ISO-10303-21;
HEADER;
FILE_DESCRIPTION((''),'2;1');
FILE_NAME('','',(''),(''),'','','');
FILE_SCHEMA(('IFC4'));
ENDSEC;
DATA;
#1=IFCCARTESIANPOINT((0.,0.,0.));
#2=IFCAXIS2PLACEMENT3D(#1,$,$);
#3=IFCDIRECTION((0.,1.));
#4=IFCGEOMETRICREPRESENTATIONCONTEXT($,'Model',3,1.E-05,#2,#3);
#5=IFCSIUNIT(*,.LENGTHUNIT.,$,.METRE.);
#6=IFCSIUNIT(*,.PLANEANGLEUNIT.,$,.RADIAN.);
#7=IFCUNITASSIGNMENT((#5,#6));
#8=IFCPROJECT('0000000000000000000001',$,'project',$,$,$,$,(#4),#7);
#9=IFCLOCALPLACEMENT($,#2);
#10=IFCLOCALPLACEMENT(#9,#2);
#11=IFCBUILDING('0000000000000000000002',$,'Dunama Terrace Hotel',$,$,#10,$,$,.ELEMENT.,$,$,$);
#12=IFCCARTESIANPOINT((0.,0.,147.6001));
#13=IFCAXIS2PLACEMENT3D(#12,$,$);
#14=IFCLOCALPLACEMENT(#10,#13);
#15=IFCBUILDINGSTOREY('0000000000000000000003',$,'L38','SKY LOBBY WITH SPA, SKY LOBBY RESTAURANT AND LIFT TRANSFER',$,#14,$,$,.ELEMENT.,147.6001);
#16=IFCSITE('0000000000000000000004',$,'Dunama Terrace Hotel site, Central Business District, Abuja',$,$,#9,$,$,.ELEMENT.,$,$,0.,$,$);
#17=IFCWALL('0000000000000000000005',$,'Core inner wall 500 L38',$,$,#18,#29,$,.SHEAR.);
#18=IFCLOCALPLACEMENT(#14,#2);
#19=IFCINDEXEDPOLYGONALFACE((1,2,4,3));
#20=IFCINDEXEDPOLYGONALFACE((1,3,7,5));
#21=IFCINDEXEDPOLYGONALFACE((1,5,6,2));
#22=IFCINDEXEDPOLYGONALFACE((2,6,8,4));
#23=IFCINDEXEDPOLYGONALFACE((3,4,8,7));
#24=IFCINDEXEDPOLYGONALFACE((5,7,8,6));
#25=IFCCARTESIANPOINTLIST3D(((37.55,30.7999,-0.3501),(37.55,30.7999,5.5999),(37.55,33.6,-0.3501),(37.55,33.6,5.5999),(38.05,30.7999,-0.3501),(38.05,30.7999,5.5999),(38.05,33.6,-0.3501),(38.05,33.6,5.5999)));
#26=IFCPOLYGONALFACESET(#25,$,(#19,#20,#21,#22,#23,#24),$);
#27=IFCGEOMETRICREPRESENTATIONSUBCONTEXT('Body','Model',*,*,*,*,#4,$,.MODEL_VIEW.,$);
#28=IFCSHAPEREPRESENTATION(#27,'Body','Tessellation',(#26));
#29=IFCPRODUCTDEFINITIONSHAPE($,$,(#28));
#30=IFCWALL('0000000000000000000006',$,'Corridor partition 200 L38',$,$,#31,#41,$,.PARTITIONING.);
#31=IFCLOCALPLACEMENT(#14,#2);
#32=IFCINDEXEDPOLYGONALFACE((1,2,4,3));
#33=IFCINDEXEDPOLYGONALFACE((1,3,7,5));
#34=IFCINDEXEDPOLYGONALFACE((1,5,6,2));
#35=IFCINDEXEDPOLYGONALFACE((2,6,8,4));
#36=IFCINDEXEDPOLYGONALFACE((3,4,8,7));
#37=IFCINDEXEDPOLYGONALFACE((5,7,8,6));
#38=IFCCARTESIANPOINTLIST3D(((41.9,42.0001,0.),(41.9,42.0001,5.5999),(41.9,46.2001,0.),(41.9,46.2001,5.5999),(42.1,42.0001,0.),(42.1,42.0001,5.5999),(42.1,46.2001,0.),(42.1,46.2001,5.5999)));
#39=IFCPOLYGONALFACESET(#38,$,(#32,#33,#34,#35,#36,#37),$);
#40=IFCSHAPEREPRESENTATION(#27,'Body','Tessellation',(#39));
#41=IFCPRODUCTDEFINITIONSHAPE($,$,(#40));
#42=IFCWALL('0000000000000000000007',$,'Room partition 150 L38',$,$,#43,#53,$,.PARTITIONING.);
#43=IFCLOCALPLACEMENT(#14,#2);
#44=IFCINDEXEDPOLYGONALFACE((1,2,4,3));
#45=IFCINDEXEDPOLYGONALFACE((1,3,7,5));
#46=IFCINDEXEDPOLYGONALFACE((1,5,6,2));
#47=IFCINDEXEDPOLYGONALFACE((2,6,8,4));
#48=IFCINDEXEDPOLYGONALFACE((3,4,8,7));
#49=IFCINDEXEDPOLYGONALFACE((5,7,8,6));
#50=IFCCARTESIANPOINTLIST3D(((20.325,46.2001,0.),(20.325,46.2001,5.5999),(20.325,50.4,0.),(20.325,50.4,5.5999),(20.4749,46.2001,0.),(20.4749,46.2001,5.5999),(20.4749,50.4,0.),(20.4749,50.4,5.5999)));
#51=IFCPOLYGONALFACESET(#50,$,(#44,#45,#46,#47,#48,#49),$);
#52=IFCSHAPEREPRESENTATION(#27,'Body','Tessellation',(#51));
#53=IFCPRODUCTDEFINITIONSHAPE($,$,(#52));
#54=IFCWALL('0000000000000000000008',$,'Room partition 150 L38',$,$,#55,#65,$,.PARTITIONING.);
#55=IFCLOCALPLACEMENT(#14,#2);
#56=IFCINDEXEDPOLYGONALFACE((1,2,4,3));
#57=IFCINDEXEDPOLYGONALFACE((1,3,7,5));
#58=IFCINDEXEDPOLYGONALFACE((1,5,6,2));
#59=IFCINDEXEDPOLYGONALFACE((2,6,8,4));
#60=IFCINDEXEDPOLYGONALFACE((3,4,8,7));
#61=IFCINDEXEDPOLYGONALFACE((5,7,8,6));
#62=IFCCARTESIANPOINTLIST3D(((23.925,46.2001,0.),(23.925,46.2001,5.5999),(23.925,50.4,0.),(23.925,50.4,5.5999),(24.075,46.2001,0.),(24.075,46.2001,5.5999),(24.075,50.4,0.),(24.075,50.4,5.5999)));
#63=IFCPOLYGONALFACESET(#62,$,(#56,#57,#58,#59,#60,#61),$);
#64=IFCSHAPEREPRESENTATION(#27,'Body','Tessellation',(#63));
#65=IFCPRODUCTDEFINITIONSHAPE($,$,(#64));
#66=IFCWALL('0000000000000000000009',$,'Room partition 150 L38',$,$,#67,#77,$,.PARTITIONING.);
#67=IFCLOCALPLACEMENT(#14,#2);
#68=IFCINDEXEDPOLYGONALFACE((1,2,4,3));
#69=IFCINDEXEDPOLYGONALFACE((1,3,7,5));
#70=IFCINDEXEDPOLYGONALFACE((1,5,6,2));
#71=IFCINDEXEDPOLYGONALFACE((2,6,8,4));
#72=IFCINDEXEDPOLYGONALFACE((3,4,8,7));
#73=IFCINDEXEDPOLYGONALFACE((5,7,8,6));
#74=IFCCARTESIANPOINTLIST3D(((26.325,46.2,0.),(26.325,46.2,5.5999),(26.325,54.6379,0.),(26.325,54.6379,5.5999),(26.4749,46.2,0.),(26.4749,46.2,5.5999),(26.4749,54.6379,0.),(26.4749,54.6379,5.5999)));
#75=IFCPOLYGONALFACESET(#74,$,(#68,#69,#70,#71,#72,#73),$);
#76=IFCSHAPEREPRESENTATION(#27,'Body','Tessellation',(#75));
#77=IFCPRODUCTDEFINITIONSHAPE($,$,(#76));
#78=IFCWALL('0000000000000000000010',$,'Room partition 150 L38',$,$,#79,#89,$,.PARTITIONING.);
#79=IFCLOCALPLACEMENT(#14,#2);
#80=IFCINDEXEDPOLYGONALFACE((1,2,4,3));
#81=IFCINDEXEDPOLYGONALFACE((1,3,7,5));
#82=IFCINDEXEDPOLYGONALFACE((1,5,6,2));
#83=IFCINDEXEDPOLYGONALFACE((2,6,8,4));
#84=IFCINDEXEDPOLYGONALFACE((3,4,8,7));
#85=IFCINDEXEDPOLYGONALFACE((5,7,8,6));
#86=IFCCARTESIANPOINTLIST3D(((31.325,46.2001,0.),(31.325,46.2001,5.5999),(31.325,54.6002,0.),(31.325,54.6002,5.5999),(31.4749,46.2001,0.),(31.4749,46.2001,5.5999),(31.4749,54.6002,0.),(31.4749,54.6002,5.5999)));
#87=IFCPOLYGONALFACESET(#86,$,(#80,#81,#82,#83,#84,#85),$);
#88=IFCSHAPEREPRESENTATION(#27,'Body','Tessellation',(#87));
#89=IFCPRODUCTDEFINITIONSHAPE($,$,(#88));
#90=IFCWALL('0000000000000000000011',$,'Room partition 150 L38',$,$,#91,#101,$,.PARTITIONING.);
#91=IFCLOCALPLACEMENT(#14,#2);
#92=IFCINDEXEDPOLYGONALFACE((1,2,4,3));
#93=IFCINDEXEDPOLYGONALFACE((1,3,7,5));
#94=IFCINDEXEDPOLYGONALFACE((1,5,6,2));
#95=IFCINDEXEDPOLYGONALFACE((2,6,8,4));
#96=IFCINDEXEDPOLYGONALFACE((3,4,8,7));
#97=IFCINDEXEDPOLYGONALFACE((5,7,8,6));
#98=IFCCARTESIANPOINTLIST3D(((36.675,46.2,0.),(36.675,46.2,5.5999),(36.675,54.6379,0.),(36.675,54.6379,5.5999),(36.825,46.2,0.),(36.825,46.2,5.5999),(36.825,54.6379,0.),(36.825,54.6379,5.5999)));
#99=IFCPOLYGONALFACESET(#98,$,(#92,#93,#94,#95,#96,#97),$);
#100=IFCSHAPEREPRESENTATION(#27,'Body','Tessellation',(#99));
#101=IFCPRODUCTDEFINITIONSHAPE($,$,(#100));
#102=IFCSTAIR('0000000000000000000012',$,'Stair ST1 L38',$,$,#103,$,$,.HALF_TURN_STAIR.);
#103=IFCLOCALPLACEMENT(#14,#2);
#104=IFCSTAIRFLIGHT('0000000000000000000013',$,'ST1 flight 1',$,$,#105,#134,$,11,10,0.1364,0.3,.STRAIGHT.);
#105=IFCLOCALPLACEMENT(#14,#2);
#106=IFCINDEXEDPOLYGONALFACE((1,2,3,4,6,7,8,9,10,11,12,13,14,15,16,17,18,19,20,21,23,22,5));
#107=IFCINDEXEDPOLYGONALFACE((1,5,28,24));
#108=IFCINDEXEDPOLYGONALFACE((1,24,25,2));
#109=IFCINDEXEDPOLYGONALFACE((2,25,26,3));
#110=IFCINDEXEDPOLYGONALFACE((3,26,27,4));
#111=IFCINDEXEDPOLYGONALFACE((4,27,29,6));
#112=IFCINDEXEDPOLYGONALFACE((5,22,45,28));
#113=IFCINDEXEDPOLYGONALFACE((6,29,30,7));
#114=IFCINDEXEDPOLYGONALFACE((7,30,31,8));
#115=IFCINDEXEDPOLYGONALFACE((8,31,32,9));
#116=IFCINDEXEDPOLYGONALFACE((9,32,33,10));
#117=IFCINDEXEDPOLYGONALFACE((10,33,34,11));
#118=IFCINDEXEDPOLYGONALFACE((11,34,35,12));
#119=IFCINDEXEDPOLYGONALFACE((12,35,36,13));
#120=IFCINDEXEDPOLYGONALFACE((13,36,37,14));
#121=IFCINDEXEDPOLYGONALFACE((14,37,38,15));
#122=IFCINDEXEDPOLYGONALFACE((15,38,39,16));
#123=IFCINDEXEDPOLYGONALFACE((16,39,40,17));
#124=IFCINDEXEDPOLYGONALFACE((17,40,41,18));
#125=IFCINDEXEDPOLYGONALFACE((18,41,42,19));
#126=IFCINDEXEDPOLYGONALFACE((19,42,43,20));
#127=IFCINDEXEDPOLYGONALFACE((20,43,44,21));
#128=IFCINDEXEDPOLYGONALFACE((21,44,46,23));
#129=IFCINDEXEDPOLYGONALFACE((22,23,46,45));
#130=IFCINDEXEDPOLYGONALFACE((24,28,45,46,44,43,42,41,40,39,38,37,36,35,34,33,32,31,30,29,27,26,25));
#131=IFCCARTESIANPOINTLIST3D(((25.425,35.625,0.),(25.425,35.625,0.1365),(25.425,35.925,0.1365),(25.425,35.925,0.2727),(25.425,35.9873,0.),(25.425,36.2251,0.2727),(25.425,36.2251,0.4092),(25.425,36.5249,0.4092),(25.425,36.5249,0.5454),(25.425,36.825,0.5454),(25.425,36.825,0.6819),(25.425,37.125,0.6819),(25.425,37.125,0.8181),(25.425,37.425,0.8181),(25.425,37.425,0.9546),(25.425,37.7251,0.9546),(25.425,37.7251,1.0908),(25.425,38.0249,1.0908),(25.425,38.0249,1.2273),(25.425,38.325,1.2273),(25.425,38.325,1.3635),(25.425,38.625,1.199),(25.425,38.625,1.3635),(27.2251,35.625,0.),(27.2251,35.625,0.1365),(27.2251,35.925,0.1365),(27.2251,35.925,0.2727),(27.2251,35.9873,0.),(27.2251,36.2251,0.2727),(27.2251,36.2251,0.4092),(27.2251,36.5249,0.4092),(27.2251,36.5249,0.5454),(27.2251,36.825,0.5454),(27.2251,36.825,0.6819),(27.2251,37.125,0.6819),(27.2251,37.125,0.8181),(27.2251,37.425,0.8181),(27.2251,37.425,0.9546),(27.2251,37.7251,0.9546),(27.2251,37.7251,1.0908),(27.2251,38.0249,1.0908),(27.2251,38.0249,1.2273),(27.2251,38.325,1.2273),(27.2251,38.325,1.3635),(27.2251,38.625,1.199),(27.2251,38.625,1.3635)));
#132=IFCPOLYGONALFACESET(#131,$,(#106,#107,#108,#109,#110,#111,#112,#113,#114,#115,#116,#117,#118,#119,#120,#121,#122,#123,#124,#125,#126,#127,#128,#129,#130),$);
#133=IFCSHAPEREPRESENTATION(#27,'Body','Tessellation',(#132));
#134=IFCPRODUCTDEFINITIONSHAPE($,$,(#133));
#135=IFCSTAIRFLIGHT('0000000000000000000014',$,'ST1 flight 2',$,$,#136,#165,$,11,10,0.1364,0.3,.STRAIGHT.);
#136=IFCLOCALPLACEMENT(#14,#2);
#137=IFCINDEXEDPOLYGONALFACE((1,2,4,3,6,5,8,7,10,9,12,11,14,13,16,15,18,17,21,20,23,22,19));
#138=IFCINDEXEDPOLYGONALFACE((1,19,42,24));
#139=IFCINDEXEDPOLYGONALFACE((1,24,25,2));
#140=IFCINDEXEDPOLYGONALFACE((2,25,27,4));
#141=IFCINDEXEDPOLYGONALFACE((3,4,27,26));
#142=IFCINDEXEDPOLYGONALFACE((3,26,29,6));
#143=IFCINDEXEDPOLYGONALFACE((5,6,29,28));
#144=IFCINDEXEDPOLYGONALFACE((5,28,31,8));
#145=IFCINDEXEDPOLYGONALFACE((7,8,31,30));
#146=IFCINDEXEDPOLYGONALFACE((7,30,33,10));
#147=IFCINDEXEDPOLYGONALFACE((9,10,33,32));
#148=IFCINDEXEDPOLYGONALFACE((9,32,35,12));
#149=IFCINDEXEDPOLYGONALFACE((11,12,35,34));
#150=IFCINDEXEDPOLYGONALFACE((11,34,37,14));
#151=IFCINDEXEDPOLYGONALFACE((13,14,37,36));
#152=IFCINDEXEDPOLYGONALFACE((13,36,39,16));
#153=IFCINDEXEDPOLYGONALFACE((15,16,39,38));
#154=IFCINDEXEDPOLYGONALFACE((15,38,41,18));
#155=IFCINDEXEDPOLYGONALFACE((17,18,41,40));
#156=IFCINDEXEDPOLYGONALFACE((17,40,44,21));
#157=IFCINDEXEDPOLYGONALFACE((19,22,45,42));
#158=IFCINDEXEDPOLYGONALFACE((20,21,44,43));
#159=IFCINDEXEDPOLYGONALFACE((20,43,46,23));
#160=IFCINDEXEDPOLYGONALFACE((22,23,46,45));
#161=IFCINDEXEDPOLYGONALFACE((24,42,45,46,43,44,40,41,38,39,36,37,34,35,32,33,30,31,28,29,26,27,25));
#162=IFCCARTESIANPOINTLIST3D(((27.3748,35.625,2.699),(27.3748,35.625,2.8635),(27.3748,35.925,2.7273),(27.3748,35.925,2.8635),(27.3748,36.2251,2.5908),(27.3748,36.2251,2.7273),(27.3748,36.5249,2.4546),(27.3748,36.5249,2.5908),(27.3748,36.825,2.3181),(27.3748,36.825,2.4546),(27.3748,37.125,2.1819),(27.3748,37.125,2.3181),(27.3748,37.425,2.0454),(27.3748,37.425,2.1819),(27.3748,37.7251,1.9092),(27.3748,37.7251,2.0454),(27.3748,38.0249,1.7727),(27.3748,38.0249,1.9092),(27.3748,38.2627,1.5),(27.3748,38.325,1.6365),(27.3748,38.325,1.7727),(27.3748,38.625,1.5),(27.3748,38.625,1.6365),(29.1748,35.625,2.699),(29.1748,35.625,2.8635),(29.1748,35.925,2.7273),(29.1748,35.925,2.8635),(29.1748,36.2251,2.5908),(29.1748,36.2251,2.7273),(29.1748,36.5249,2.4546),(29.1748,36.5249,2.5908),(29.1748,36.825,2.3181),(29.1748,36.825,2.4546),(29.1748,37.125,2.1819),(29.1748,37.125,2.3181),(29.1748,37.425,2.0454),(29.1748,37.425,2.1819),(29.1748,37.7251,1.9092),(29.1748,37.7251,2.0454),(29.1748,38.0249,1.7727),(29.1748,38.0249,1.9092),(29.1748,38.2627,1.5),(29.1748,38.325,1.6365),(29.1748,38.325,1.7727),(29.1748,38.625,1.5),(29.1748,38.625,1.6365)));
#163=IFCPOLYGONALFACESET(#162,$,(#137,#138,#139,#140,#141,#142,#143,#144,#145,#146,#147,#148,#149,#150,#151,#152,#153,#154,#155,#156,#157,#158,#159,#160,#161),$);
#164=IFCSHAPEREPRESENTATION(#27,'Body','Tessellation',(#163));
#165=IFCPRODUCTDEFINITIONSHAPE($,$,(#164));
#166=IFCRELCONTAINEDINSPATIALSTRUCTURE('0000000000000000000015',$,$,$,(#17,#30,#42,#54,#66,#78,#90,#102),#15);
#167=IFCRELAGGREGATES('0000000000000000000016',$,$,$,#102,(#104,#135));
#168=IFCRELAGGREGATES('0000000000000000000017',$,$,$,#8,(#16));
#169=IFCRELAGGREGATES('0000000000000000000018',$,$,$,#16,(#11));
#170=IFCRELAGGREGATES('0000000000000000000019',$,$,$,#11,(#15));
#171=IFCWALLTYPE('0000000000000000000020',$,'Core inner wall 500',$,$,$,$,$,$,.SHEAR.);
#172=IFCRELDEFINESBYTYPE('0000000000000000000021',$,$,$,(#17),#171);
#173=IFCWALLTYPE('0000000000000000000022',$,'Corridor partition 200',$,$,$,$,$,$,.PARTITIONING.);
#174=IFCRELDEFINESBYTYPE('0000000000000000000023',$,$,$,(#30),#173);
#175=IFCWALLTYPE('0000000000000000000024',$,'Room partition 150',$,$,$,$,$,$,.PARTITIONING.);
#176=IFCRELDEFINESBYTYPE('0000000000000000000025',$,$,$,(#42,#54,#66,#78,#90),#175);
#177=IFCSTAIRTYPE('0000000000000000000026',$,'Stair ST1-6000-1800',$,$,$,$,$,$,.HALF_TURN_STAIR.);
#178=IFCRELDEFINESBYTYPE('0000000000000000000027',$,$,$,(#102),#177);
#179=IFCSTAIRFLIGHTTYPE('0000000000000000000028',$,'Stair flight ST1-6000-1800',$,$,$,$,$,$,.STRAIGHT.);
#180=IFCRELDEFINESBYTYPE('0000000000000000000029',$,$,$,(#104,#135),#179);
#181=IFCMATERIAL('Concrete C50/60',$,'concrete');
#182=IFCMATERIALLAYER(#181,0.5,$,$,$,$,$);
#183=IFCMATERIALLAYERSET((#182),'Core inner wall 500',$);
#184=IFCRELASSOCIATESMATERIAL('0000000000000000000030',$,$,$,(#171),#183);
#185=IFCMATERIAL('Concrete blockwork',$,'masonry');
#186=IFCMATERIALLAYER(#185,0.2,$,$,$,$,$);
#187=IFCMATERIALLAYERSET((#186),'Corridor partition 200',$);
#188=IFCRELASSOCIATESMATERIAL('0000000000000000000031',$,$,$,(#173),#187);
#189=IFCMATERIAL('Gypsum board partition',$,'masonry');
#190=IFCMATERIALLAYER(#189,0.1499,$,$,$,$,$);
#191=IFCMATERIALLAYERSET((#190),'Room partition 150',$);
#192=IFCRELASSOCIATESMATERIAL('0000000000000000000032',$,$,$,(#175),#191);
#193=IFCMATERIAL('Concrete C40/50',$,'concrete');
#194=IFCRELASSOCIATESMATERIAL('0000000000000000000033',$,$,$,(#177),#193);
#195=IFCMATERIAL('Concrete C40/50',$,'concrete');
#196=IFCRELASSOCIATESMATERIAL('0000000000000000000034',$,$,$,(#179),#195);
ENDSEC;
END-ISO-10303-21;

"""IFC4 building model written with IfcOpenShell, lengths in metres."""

from ifc_helpers import new_model, si_unit, direction, frame, frame_2d, origin, place, context, subcontext, project, spatial, polyline, rectangle, outline, extrude, material, layer, layer_set, type_object, element, aggregate, save


model = new_model("IFC4")

# Units and contexts
model_context = context("Model", 3, precision=1e-05, world=origin(), true_north=direction((0.0, 1.0)))
body_context = subcontext(model_context, "Body", "Model", "MODEL_VIEW")
ifc_project = project(units=[si_unit("LENGTHUNIT", "METRE"), si_unit("PLANEANGLEUNIT", "RADIAN")], contexts=[model_context])

# Site, building, storey
site_placement = place(None, origin())
site = spatial("IfcSite", under=ifc_project, at=site_placement, Name="Dunama Terrace Hotel site, Central Business District, Abuja", CompositionType="ELEMENT", RefElevation=0.0)
building_placement = place(site_placement, origin())
building = spatial("IfcBuilding", under=site, at=building_placement, Name="Dunama Terrace Hotel", CompositionType="ELEMENT")
storey_placement = place(building_placement, frame((0.0, 0.0, 147.6001)))
storey = spatial("IfcBuildingStorey", under=building, at=storey_placement, Name="L38", Description="SKY LOBBY WITH SPA, SKY LOBBY RESTAURANT AND LIFT TRANSFER", CompositionType="ELEMENT", Elevation=147.6001)

# Walls
ifc_material_1 = material(Name="Concrete C50/60", Category="concrete")
ifc_layer_1 = layer(ifc_material_1, 0.5)
ifc_layer_set_1 = layer_set([ifc_layer_1], Name="Core inner wall 500")
wall_type_1 = type_object("IfcWallType", Name="Core inner wall 500", PredefinedType="SHEAR", material=ifc_layer_set_1)
wall_1_placement = place(storey_placement, frame((37.8, 30.8, -0.3501), z_axis=(0.0, 0.0, 1.0), x_axis=(0.0, 1.0, 0.0)))
element("IfcWall", 1, at=wall_1_placement, inside=storey, type_object=wall_type_1, Name="Core inner wall 500 L38", PredefinedType="SHEAR", context=body_context, shape_type="SweptSolid", body=[
    extrude(rectangle(XDim=2.8, YDim=0.5, at=frame_2d((1.3999, 0.0))), origin(), (0.0, 0.0, 1.0), 5.95),
])
ifc_material_2 = material(Name="Concrete blockwork", Category="masonry")
ifc_layer_2 = layer(ifc_material_2, 0.2)
ifc_layer_set_2 = layer_set([ifc_layer_2], Name="Corridor partition 200")
wall_type_2 = type_object("IfcWallType", Name="Corridor partition 200", PredefinedType="PARTITIONING", material=ifc_layer_set_2)
wall_2_placement = place(storey_placement, frame((42.0, 42.0, 0.0), z_axis=(0.0, 0.0, 1.0), x_axis=(0.0, 1.0, 0.0)))
element("IfcWall", 2, at=wall_2_placement, inside=storey, type_object=wall_type_2, Name="Corridor partition 200 L38", PredefinedType="PARTITIONING", context=body_context, shape_type="SweptSolid", body=[
    extrude(rectangle(XDim=4.2, YDim=0.2, at=frame_2d((2.1001, 0.0))), origin(), (0.0, 0.0, 1.0), 5.5999),
])
ifc_material_3 = material(Name="Gypsum board partition", Category="masonry")
ifc_layer_3 = layer(ifc_material_3, 0.1499)
ifc_layer_set_3 = layer_set([ifc_layer_3], Name="Room partition 150")
wall_type_3 = type_object("IfcWallType", Name="Room partition 150", PredefinedType="PARTITIONING", material=ifc_layer_set_3)
for number, where, z_axis, x_axis, name in (
    (3, (20.3999, 46.2, 0.0), (0.0, 0.0, 1.0), (0.0, 1.0, 0.0), "Room partition 150 L38"),
    (4, (24.0, 46.2, 0.0), (0.0, 0.0, 1.0), (0.0, 1.0, 0.0), "Room partition 150 L38"),
):
    element("IfcWall", number, at=place(storey_placement, frame(where, z_axis=z_axis, x_axis=x_axis)), inside=storey, type_object=wall_type_3, Name=name, PredefinedType="PARTITIONING", context=body_context, shape_type="SweptSolid", body=[
        extrude(rectangle(XDim=4.2, YDim=0.1499, at=frame_2d((2.1001, 0.0))), origin(), (0.0, 0.0, 1.0), 5.5999),
    ])
wall_3_placement = place(storey_placement, frame((26.3999, 46.2, 0.0), z_axis=(0.0, 0.0, 1.0), x_axis=(0.0, 1.0, 0.0)))
element("IfcWall", 5, at=wall_3_placement, inside=storey, type_object=wall_type_3, Name="Room partition 150 L38", PredefinedType="PARTITIONING", context=body_context, shape_type="SweptSolid", body=[
    extrude(rectangle(XDim=8.438, YDim=0.1499, at=frame_2d((4.219, 0.0))), origin(), (0.0, 0.0, 1.0), 5.5999),
])
wall_4_placement = place(storey_placement, frame((31.3999, 46.2, 0.0), z_axis=(0.0, 0.0, 1.0), x_axis=(0.0, 1.0, 0.0)))
element("IfcWall", 6, at=wall_4_placement, inside=storey, type_object=wall_type_3, Name="Room partition 150 L38", PredefinedType="PARTITIONING", context=body_context, shape_type="SweptSolid", body=[
    extrude(rectangle(XDim=8.4001, YDim=0.1499, at=frame_2d((4.2002, 0.0))), origin(), (0.0, 0.0, 1.0), 5.5999),
])
wall_5_placement = place(storey_placement, frame((36.75, 46.2, 0.0), z_axis=(0.0, 0.0, 1.0), x_axis=(0.0, 1.0, 0.0)))
element("IfcWall", 7, at=wall_5_placement, inside=storey, type_object=wall_type_3, Name="Room partition 150 L38", PredefinedType="PARTITIONING", context=body_context, shape_type="SweptSolid", body=[
    extrude(rectangle(XDim=8.438, YDim=0.1499, at=frame_2d((4.219, 0.0))), origin(), (0.0, 0.0, 1.0), 5.5999),
])

# Stair, stair flights
ifc_material_4 = material(Name="Concrete C40/50", Category="concrete")
stair_type = type_object("IfcStairType", Name="Stair ST1-6000-1800", PredefinedType="HALF_TURN_STAIR", material=ifc_material_4)
stair_placement = place(storey_placement, origin())
stair = element("IfcStair", 8, at=stair_placement, inside=storey, type_object=stair_type, Name="Stair ST1 L38", PredefinedType="HALF_TURN_STAIR")
ifc_material_5 = material(Name="Concrete C40/50", Category="concrete")
stair_flight_type = type_object("IfcStairFlightType", Name="Stair flight ST1-6000-1800", PredefinedType="STRAIGHT", material=ifc_material_5)
stair_flight_1_placement = place(storey_placement, frame((26.325, 35.625, 0.0), z_axis=(0.0, 0.0, 1.0), x_axis=(0.0, 1.0, 0.0)))
stair_flight_1 = element("IfcStairFlight", 9, at=stair_flight_1_placement, type_object=stair_flight_type, Name="ST1 flight 1", NumberOfRisers=11, NumberOfTreads=10, PredefinedType="STRAIGHT", RiserHeight=0.1364, TreadLength=0.3, context=body_context, shape_type="SweptSolid", body=[
    extrude(outline(polyline([(0.0, 0.0), (0.0, 0.1365), (0.3, 0.1365), (0.3, 0.2727), (0.6001, 0.2727), (0.6001, 0.4092), (0.8999, 0.4092), (0.8999, 0.5454), (1.2, 0.5454), (1.2, 0.6819), (1.5, 0.6819), (1.5, 0.8181), (1.8, 0.8181), (1.8, 0.9546), (2.1001, 0.9546), (2.1001, 1.0908), (2.3999, 1.0908), (2.3999, 1.2273), (2.7, 1.2273), (2.7, 1.3635), (3.0, 1.3635), (3.0, 1.5), (3.0, 1.199), (0.3623, 0.0), (0.0, 0.0)])), frame((0.0, 0.8999, 0.0), z_axis=(0.0, -1.0, 0.0), x_axis=(1.0, 0.0, 0.0)), (0.0, 0.0, 1.0), 1.8),
])
stair_flight_2_placement = place(storey_placement, frame((28.2749, 38.625, 1.5), z_axis=(0.0, 0.0, 1.0), x_axis=(0.0, -1.0, 0.0)))
stair_flight_2 = element("IfcStairFlight", 10, at=stair_flight_2_placement, type_object=stair_flight_type, Name="ST1 flight 2", NumberOfRisers=11, NumberOfTreads=10, PredefinedType="STRAIGHT", RiserHeight=0.1364, TreadLength=0.3, context=body_context, shape_type="SweptSolid", body=[
    extrude(outline(polyline([(0.0, 0.0), (0.0, 0.1365), (0.3, 0.1365), (0.3, 0.2727), (0.6001, 0.2727), (0.6001, 0.4092), (0.8999, 0.4092), (0.8999, 0.5454), (1.2, 0.5454), (1.2, 0.6819), (1.5, 0.6819), (1.5, 0.8181), (1.8, 0.8181), (1.8, 0.9546), (2.1001, 0.9546), (2.1001, 1.0908), (2.3999, 1.0908), (2.3999, 1.2273), (2.7, 1.2273), (2.7, 1.3635), (3.0, 1.3635), (3.0, 1.5), (3.0, 1.199), (0.3623, 0.0), (0.0, 0.0)])), frame((0.0, 0.8999, 0.0), z_axis=(0.0, -1.0, 0.0), x_axis=(1.0, 0.0, 0.0)), (0.0, 0.0, 1.0), 1.8),
])
aggregate(stair, [stair_flight_1, stair_flight_2])

save(model, "model.ifc")
